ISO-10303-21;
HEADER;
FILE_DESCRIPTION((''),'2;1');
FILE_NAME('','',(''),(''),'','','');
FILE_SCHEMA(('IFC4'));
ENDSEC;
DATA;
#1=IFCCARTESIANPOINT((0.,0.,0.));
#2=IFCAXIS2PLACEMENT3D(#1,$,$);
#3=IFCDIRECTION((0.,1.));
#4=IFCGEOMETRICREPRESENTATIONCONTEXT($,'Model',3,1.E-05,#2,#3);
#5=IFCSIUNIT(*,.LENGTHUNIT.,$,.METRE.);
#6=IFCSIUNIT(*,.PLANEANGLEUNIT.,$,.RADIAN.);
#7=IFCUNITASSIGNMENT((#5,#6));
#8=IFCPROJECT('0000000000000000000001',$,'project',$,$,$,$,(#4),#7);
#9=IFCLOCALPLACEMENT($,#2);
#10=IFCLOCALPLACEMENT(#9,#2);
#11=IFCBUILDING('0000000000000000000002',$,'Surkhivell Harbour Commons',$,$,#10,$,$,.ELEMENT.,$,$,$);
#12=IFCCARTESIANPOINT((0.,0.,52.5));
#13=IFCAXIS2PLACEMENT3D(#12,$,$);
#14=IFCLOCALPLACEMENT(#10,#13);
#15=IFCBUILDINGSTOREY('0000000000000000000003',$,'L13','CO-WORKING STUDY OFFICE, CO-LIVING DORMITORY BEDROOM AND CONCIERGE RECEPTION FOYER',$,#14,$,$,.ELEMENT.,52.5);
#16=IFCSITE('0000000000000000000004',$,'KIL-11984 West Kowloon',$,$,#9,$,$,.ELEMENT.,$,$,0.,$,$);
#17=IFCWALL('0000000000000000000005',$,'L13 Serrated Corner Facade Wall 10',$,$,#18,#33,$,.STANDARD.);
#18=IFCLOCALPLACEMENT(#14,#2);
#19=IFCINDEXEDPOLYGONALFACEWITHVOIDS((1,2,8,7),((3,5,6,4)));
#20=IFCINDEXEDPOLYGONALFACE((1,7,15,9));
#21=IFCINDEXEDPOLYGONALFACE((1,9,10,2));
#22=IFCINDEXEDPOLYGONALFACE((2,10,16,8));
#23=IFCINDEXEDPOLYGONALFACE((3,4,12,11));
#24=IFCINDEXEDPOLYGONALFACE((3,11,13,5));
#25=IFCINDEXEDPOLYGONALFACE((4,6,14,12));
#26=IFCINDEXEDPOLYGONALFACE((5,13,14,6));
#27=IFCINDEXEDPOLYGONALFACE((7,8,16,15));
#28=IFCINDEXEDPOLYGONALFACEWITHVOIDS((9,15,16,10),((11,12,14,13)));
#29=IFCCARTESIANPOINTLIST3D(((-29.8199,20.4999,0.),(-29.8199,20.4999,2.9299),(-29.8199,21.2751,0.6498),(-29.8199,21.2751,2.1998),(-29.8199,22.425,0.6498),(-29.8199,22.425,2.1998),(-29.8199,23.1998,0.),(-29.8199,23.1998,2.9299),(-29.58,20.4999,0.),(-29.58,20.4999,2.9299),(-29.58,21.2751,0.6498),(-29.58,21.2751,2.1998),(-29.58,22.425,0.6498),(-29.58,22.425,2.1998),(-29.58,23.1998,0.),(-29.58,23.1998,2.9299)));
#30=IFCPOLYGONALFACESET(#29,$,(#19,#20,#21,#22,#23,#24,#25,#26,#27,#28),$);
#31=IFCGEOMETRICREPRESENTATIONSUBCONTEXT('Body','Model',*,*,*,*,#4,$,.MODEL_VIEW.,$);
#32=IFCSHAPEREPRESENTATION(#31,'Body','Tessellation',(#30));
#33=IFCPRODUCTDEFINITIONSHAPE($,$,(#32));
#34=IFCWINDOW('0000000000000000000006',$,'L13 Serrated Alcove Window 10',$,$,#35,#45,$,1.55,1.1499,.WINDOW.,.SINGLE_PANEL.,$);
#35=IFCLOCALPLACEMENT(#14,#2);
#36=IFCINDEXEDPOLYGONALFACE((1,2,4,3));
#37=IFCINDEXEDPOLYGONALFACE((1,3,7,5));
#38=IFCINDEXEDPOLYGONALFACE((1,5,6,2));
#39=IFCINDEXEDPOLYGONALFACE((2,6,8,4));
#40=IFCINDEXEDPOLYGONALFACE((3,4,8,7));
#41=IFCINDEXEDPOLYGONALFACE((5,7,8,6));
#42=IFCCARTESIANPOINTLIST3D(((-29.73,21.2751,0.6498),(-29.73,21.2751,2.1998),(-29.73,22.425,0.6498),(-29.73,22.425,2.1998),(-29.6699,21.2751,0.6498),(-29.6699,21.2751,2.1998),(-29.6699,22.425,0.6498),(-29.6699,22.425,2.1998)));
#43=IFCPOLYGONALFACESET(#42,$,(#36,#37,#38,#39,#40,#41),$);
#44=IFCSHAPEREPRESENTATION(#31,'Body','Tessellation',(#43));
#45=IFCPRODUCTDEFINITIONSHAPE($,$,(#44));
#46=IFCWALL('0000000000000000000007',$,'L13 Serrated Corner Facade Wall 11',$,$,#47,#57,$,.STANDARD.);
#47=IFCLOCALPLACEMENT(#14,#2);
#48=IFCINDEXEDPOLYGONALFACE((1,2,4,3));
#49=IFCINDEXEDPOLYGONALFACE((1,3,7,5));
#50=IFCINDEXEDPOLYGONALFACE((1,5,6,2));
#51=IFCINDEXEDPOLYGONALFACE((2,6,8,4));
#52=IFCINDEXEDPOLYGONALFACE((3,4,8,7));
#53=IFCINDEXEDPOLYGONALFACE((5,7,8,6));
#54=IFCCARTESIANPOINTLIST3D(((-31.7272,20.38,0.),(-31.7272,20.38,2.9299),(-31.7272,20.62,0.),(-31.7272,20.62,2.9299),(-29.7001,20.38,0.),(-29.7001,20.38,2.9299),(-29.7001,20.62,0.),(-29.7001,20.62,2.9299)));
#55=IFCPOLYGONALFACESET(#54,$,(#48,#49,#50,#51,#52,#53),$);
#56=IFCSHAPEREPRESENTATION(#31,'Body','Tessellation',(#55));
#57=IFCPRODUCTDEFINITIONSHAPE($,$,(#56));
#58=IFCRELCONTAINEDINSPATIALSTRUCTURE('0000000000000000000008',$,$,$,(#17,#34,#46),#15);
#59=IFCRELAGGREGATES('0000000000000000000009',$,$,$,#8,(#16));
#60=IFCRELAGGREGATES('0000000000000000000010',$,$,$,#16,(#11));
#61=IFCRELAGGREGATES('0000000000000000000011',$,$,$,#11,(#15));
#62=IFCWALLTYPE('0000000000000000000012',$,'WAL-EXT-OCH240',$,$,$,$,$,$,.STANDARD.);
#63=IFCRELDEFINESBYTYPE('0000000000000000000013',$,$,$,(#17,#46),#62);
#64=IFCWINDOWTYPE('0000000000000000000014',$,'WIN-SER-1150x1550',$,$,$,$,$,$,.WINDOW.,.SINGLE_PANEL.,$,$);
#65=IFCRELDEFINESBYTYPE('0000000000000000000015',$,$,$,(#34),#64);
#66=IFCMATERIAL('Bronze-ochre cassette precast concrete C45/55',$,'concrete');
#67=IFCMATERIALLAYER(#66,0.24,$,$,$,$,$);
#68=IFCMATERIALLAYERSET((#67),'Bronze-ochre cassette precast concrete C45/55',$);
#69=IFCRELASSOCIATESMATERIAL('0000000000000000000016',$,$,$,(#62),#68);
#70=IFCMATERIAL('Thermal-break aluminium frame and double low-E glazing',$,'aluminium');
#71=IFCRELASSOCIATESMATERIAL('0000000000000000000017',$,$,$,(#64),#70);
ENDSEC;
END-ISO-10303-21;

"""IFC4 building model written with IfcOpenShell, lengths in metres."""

from ifc_helpers import new_model, si_unit, direction, frame, frame_2d, origin, place, context, subcontext, project, spatial, rectangle, extrude, material, layer, layer_set, type_object, element, fill, save


model = new_model("IFC4")

# Units and contexts
model_context = context("Model", 3, precision=1e-05, world=origin(), true_north=direction((0.0, 1.0)))
body_context = subcontext(model_context, "Body", "Model", "MODEL_VIEW")
ifc_project = project(units=[si_unit("LENGTHUNIT", "METRE"), si_unit("PLANEANGLEUNIT", "RADIAN")], contexts=[model_context])

# Site, building, storey
site_placement = place(None, origin())
site = spatial("IfcSite", under=ifc_project, at=site_placement, Name="KIL-11984 West Kowloon", CompositionType="ELEMENT", RefElevation=0.0)
building_placement = place(site_placement, origin())
building = spatial("IfcBuilding", under=site, at=building_placement, Name="Surkhivell Harbour Commons", CompositionType="ELEMENT")
storey_placement = place(building_placement, frame((0.0, 0.0, 52.5)))
storey = spatial("IfcBuildingStorey", under=building, at=storey_placement, Name="L13", Description="CO-WORKING STUDY OFFICE, CO-LIVING DORMITORY BEDROOM AND CONCIERGE RECEPTION FOYER", CompositionType="ELEMENT", Elevation=52.5)

# Shared definitions
ifc_material_1 = material(Name="Bronze-ochre cassette precast concrete C45/55", Category="concrete")
ifc_layer_1 = layer(ifc_material_1, 0.24)
ifc_layer_set_1 = layer_set([ifc_layer_1], Name="Bronze-ochre cassette precast concrete C45/55")
wall_type = type_object("IfcWallType", Name="WAL-EXT-OCH240", PredefinedType="STANDARD", material=ifc_layer_set_1)

# Wall, opening, window
wall_1_placement = place(storey_placement, frame((-29.7, 23.2, 0.0), z_axis=(0.0, 0.0, 1.0), x_axis=(0.0, -1.0, 0.0)))
wall_1 = element("IfcWall", 1, at=wall_1_placement, inside=storey, type_object=wall_type, Name="L13 Serrated Corner Facade Wall 10", PredefinedType="STANDARD", context=body_context, shape_type="SweptSolid", body=[
    extrude(rectangle(XDim=2.7, YDim=0.24, at=frame_2d((1.3501, 0.0))), origin(), (0.0, 0.0, 1.0), 2.9299),
])
opening_placement = place(wall_1_placement, frame((0.7749, 0.0, 0.6499)))
opening = element("IfcOpeningElement", 2, at=opening_placement, cuts=wall_1, PredefinedType="OPENING", context=body_context, shape_type="SweptSolid", body=[
    extrude(rectangle(XDim=1.1499, YDim=1.55, at=frame_2d((0.575, 0.7749))), frame((0.0, 0.1299, 0.0), z_axis=(0.0, -1.0, 0.0), x_axis=(1.0, 0.0, 0.0)), (0.0, 0.0, 1.0), 0.26),
])
ifc_material_2 = material(Name="Thermal-break aluminium frame and double low-E glazing", Category="aluminium")
window_type = type_object("IfcWindowType", Name="WIN-SER-1150x1550", PartitioningType="SINGLE_PANEL", PredefinedType="WINDOW", material=ifc_material_2)
window_placement = place(opening_placement, origin())
window = element("IfcWindow", 3, at=window_placement, inside=storey, type_object=window_type, Name="L13 Serrated Alcove Window 10", OverallHeight=1.55, OverallWidth=1.1499, PartitioningType="SINGLE_PANEL", PredefinedType="WINDOW", context=body_context, shape_type="SweptSolid", body=[
    extrude(rectangle(XDim=1.1499, YDim=1.55, at=frame_2d((0.575, 0.7749))), frame((0.0, 0.03, 0.0), z_axis=(0.0, -1.0, 0.0), x_axis=(1.0, 0.0, 0.0)), (0.0, 0.0, 1.0), 0.0601),
])
fill(opening, window)

# Wall
wall_2_placement = place(storey_placement, frame((-29.7, 20.5, 0.0), z_axis=(0.0, 0.0, 1.0), x_axis=(-1.0, 0.0, 0.0)))
element("IfcWall", 4, at=wall_2_placement, inside=storey, type_object=wall_type, Name="L13 Serrated Corner Facade Wall 11", PredefinedType="STANDARD", context=body_context, shape_type="SweptSolid", body=[
    extrude(rectangle(XDim=2.0271, YDim=0.24, at=frame_2d((1.0137, 0.0))), origin(), (0.0, 0.0, 1.0), 2.9299),
])

save(model, "model.ifc")
